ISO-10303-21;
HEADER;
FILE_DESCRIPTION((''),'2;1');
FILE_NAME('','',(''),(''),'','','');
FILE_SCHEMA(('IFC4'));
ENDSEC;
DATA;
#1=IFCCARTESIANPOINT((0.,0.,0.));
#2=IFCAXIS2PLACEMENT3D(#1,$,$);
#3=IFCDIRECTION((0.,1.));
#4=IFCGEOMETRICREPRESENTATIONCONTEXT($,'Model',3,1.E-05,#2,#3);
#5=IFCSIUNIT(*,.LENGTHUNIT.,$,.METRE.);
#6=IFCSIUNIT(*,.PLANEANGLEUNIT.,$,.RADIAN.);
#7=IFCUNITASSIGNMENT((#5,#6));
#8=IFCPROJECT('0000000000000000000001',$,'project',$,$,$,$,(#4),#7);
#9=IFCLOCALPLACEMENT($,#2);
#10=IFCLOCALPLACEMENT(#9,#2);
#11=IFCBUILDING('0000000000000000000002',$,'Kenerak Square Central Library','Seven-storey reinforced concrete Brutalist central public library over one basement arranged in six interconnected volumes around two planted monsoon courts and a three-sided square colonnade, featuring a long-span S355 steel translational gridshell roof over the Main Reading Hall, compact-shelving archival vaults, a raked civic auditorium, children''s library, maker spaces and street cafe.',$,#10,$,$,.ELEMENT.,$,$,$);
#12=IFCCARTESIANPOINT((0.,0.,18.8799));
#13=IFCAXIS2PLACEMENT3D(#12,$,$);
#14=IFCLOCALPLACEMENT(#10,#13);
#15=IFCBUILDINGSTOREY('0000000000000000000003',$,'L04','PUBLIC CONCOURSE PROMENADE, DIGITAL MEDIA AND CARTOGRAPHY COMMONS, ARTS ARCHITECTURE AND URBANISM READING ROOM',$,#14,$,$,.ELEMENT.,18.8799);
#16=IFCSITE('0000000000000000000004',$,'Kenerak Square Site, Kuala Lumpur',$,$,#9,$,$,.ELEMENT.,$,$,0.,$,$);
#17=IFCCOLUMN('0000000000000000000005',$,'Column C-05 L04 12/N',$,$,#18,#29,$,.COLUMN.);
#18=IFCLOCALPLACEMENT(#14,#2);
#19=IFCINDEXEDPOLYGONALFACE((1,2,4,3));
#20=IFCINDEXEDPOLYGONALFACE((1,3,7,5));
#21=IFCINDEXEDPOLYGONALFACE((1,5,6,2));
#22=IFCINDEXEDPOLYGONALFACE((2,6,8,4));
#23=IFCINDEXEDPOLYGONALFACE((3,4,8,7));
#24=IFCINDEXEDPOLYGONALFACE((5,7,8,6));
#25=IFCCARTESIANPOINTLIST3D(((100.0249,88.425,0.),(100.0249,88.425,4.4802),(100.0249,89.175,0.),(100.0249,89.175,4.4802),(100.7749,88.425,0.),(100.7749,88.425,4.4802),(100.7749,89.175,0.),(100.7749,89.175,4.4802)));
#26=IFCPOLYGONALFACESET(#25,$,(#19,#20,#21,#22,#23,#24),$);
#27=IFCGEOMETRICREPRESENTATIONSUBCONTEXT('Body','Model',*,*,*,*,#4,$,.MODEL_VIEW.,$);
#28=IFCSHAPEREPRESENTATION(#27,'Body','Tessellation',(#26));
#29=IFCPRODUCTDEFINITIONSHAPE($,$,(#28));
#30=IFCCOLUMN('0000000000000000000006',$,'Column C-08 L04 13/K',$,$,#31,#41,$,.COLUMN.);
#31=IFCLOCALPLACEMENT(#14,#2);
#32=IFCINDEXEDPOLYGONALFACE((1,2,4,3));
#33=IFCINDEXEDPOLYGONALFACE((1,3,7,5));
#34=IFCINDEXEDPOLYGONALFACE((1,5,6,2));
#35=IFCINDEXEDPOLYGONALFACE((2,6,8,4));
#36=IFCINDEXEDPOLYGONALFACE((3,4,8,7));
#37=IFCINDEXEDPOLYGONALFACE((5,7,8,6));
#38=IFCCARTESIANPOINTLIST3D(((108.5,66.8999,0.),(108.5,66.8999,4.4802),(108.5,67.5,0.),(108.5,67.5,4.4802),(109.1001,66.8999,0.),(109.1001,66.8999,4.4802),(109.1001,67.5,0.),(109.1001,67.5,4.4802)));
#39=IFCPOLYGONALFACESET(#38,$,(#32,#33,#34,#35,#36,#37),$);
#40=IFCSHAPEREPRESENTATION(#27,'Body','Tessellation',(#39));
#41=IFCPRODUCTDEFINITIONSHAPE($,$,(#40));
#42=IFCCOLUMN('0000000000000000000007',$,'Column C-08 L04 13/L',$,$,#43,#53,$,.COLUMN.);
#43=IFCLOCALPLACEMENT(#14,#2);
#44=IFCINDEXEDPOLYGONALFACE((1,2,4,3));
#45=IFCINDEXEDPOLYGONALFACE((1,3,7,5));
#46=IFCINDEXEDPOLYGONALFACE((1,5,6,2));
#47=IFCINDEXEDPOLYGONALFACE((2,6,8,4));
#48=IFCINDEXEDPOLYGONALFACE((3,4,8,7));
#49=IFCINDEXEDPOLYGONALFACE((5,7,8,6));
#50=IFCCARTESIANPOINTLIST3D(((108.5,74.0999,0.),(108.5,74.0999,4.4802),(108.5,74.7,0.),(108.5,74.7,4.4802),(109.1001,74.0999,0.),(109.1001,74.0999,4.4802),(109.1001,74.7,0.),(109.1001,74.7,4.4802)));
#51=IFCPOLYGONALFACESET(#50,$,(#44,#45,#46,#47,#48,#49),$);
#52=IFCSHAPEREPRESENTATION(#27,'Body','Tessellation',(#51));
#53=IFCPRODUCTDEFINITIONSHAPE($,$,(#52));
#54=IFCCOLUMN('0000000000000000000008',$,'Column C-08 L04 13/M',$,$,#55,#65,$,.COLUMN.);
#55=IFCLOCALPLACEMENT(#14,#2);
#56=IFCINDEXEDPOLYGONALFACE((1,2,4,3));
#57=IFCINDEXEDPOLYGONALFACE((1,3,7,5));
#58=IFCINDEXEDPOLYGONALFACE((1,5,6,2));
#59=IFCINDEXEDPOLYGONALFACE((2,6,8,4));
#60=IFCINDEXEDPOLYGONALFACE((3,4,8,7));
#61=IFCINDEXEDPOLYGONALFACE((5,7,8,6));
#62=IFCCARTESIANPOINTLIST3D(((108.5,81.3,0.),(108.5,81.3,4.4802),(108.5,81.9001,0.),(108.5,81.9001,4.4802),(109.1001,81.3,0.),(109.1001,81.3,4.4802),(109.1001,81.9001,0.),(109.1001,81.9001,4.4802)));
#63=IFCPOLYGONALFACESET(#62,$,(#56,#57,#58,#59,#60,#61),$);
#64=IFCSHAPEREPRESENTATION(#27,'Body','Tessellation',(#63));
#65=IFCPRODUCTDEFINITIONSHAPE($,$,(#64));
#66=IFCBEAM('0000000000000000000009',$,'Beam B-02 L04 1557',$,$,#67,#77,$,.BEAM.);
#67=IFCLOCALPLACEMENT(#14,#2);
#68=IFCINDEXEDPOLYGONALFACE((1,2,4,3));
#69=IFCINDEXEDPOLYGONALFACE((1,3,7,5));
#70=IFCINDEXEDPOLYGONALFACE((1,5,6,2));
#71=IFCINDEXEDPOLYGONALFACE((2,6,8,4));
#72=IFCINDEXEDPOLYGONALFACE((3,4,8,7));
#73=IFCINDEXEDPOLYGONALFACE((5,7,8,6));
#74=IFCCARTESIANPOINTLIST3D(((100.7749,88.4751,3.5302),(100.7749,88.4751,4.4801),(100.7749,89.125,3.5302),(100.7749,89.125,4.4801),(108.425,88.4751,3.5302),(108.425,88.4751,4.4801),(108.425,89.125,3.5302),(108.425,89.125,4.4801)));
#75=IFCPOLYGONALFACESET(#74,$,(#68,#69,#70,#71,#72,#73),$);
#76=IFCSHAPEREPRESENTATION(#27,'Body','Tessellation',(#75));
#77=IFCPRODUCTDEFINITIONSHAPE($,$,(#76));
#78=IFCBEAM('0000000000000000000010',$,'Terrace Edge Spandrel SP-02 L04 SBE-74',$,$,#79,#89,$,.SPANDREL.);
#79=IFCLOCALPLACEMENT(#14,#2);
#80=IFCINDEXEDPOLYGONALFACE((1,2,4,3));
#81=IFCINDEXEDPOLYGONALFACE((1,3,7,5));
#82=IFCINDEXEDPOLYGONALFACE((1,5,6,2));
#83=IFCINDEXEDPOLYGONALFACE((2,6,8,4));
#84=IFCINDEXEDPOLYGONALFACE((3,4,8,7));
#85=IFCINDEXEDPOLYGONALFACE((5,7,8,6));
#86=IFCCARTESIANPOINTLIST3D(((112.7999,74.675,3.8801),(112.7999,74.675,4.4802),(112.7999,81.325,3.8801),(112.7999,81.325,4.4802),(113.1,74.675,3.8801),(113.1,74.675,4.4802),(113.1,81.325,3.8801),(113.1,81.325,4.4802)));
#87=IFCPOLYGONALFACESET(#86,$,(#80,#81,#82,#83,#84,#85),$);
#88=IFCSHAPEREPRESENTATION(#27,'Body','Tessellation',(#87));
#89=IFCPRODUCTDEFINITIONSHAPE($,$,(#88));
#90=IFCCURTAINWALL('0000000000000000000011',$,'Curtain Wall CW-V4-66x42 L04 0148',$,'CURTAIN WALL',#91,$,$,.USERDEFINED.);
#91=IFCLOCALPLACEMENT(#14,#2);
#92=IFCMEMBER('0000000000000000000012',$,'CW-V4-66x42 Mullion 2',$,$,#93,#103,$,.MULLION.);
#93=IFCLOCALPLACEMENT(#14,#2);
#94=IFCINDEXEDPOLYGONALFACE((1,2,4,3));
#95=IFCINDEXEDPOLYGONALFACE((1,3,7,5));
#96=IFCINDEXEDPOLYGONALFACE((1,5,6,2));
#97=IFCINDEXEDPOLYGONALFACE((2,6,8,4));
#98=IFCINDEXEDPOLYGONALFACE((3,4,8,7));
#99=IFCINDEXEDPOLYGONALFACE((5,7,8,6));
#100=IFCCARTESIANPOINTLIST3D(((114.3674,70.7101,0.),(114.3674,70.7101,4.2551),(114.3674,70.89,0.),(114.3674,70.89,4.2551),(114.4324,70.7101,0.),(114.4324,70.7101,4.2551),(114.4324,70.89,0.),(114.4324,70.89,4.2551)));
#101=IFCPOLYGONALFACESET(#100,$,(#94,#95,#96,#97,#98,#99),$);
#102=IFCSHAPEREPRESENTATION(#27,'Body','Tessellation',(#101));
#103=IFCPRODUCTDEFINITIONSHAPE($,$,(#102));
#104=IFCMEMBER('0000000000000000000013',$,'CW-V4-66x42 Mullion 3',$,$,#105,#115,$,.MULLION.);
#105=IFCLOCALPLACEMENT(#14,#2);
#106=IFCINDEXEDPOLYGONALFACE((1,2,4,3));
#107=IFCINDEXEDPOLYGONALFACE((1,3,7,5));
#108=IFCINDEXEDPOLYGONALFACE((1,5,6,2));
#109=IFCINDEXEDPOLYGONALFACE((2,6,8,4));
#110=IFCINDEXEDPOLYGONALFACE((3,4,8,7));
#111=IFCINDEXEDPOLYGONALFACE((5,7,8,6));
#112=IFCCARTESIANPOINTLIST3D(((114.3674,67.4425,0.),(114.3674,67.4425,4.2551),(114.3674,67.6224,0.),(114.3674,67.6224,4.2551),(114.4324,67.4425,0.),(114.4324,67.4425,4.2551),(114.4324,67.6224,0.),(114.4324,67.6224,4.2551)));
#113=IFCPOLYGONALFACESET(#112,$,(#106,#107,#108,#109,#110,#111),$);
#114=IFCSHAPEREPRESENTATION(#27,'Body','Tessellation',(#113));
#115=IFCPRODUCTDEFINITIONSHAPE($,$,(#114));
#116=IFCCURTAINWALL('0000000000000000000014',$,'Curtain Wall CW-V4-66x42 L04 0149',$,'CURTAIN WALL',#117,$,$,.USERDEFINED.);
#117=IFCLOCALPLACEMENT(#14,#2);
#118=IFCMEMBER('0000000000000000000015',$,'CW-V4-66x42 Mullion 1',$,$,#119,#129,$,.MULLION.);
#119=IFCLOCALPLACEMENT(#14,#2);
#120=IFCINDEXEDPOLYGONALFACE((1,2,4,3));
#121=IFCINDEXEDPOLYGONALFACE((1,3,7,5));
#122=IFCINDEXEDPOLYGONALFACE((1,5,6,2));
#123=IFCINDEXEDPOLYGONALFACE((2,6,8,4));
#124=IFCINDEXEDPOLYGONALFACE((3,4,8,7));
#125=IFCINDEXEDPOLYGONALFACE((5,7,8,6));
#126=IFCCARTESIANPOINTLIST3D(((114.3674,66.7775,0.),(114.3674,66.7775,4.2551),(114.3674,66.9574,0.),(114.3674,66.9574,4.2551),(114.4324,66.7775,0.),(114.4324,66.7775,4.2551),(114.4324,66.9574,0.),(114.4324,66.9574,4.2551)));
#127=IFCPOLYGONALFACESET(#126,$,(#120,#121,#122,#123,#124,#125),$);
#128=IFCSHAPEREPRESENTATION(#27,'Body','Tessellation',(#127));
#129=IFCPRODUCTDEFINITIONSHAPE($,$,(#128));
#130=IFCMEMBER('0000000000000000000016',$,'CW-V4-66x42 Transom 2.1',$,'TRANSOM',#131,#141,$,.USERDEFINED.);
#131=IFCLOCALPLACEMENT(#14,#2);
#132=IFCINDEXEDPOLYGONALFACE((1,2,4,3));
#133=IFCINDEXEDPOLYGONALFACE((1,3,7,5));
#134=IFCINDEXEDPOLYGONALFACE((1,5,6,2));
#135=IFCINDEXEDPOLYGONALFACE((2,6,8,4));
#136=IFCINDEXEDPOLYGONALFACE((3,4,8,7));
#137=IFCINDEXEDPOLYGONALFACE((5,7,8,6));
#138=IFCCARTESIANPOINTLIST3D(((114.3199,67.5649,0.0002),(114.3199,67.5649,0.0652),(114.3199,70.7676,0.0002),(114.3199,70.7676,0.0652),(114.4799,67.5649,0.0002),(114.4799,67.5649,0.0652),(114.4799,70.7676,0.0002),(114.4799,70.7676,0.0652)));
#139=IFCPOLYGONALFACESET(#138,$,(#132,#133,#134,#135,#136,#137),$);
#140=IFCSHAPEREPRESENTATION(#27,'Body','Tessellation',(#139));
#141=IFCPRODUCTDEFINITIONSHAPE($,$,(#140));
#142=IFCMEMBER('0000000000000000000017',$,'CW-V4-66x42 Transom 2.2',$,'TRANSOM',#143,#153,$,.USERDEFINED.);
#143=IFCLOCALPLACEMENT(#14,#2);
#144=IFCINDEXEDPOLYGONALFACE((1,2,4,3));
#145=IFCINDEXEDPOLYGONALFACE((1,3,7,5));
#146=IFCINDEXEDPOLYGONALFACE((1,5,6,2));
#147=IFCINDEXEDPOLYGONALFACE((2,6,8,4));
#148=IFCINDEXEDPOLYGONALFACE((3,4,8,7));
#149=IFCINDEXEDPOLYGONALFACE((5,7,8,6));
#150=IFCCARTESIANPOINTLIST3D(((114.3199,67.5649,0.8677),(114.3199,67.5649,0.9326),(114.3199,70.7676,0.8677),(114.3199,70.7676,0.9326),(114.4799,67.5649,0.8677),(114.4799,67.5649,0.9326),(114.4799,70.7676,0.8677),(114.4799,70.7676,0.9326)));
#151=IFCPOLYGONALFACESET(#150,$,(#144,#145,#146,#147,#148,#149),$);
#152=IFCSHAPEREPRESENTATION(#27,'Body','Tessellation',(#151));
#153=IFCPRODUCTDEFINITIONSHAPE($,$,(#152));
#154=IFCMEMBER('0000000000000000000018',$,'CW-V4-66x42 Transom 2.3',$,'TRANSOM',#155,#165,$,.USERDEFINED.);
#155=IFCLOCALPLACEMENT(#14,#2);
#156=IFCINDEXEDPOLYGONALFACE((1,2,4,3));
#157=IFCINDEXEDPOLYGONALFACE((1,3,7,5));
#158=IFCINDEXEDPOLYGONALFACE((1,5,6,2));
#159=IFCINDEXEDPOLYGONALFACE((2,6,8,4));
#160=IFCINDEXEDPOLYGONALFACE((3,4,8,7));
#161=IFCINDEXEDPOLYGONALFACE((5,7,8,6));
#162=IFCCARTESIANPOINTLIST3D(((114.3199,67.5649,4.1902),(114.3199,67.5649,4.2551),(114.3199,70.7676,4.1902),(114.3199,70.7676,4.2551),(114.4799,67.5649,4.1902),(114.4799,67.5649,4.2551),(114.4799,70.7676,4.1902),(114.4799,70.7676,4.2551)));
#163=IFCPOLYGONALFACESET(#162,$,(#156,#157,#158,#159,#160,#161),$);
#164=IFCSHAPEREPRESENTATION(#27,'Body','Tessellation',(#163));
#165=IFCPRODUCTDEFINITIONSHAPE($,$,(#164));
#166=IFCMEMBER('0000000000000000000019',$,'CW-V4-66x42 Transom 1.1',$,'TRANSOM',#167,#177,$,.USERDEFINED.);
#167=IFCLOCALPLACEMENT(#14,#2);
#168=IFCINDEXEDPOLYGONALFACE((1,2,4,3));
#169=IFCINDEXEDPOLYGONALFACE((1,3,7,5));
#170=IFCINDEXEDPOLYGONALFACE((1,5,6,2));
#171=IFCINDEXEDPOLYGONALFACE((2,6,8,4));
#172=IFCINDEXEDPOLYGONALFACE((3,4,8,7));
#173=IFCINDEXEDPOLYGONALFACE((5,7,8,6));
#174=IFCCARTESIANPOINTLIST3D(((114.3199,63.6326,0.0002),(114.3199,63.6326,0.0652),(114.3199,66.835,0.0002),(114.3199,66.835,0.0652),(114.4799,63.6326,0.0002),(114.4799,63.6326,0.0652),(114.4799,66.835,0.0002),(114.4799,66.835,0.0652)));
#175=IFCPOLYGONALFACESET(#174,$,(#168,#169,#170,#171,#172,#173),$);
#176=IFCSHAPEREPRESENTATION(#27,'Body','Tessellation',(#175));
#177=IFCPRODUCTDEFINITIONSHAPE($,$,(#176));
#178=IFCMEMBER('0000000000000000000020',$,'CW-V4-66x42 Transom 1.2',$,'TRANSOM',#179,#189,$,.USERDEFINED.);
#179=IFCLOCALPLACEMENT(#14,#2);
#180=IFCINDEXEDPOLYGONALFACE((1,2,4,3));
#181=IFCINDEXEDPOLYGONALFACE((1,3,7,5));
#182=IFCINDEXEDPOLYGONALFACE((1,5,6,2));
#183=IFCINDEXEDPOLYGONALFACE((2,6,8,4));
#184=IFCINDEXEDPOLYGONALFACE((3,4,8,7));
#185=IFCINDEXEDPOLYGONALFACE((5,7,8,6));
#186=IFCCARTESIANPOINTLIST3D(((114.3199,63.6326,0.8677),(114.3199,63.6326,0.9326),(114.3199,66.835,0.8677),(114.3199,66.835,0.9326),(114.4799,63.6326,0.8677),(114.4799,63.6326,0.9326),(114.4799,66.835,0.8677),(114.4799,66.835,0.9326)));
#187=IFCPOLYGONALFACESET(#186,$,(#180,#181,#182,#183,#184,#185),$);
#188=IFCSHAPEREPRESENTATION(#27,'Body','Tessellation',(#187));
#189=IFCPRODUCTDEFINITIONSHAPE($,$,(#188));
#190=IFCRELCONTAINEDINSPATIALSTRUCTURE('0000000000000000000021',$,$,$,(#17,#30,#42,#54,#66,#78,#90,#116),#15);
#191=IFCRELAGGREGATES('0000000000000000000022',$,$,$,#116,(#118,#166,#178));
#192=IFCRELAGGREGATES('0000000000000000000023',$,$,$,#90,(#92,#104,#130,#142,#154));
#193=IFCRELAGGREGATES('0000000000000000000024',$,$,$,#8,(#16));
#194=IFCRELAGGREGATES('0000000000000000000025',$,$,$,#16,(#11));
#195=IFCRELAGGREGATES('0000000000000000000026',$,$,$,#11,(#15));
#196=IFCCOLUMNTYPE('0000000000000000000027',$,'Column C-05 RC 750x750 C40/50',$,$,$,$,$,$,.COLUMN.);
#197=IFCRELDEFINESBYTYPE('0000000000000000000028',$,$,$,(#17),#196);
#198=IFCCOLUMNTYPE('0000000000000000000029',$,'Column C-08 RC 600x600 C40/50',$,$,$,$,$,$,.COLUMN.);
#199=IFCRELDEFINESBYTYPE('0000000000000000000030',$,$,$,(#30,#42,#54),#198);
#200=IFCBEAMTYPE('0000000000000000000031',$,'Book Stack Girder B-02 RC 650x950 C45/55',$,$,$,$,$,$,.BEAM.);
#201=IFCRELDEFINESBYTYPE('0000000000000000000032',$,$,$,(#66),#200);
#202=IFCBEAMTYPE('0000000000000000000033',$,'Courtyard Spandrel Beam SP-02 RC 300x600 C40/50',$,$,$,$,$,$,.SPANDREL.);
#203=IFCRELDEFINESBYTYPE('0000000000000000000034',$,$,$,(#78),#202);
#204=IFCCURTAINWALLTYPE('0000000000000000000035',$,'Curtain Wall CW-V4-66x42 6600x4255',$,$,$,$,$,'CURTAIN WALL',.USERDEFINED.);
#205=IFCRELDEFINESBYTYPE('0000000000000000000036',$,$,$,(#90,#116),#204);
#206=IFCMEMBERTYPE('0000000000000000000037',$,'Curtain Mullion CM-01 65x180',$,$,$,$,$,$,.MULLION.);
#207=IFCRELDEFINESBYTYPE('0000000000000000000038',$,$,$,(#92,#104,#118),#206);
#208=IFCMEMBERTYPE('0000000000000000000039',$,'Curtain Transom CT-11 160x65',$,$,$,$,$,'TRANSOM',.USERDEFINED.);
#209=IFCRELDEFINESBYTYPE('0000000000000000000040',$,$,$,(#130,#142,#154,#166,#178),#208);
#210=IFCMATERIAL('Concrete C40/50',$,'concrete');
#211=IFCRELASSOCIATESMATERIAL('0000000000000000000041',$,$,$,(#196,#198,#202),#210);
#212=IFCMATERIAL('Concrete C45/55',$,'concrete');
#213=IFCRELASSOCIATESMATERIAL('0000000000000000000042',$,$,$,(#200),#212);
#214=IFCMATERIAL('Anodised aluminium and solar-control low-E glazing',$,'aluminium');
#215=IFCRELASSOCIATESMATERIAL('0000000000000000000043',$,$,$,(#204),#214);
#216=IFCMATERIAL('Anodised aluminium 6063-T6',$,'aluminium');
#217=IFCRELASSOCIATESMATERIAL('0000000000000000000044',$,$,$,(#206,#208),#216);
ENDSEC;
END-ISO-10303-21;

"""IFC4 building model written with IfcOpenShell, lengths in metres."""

from ifc_helpers import new_model, si_unit, direction, frame, origin, origin_2d, place, context, subcontext, project, spatial, rectangle, extrude, material, material_profile, profile_set, type_object, element, aggregate, save


model = new_model("IFC4")

# Units and contexts
model_context = context("Model", 3, precision=1e-05, world=origin(), true_north=direction((0.0, 1.0)))
body_context = subcontext(model_context, "Body", "Model", "MODEL_VIEW")
ifc_project = project(units=[si_unit("LENGTHUNIT", "METRE"), si_unit("PLANEANGLEUNIT", "RADIAN")], contexts=[model_context])

# Site, building, storey
site_placement = place(None, origin())
site = spatial("IfcSite", under=ifc_project, at=site_placement, Name="Kenerak Square Site, Kuala Lumpur", CompositionType="ELEMENT", RefElevation=0.0)
building_placement = place(site_placement, origin())
building = spatial("IfcBuilding", under=site, at=building_placement, Name="Kenerak Square Central Library", Description="Seven-storey reinforced concrete Brutalist central public library over one basement arranged in six interconnected volumes around two planted monsoon courts and a three-sided square colonnade, featuring a long-span S355 steel translational gridshell roof over the Main Reading Hall, compact-shelving archival vaults, a raked civic auditorium, children's library, maker spaces and street cafe.", CompositionType="ELEMENT")
storey_placement = place(building_placement, frame((0.0, 0.0, 18.8799)))
storey = spatial("IfcBuildingStorey", under=building, at=storey_placement, Name="L04", Description="PUBLIC CONCOURSE PROMENADE, DIGITAL MEDIA AND CARTOGRAPHY COMMONS, ARTS ARCHITECTURE AND URBANISM READING ROOM", CompositionType="ELEMENT", Elevation=18.8799)

# Columns
ifc_material_1 = material(Name="Concrete C40/50", Category="concrete")
ifc_material_profile_1 = material_profile(ifc_material_1, rectangle(XDim=0.75, YDim=0.75, at=origin_2d()), Name="RC 750x750")
ifc_profile_set_1 = profile_set([ifc_material_profile_1], Name="Concrete C40/50")
column_type_1 = type_object("IfcColumnType", Name="Column C-05 RC 750x750 C40/50", PredefinedType="COLUMN", material=ifc_profile_set_1)
column_placement = place(storey_placement, frame((100.3999, 88.8, 0.0), z_axis=(0.0, 0.0, 1.0), x_axis=(1.0, 0.0, 0.0)))
element("IfcColumn", 1, at=column_placement, inside=storey, type_object=column_type_1, Name="Column C-05 L04 12/N", PredefinedType="COLUMN", context=body_context, shape_type="SweptSolid", body=[
    extrude(rectangle(XDim=0.75, YDim=0.75, at=origin_2d()), origin(), (0.0, 0.0, 1.0), 4.4802),
])
ifc_material_profile_2 = material_profile(ifc_material_1, rectangle(XDim=0.6001, YDim=0.6001, at=origin_2d()), Name="RC 600x600")
ifc_profile_set_2 = profile_set([ifc_material_profile_2], Name="Concrete C40/50")
column_type_2 = type_object("IfcColumnType", Name="Column C-08 RC 600x600 C40/50", PredefinedType="COLUMN", material=ifc_profile_set_2)
for number, where, z_axis, x_axis, name in (
    (2, (108.8, 67.2, 0.0), (0.0, 0.0, 1.0), (1.0, 0.0, 0.0), "Column C-08 L04 13/K"),
    (3, (108.8, 74.3999, 0.0), (0.0, 0.0, 1.0), (1.0, 0.0, 0.0), "Column C-08 L04 13/L"),
    (4, (108.8, 81.6001, 0.0), (0.0, 0.0, 1.0), (1.0, 0.0, 0.0), "Column C-08 L04 13/M"),
):
    element("IfcColumn", number, at=place(storey_placement, frame(where, z_axis=z_axis, x_axis=x_axis)), inside=storey, type_object=column_type_2, Name=name, PredefinedType="COLUMN", context=body_context, shape_type="SweptSolid", body=[
        extrude(rectangle(XDim=0.6001, YDim=0.6001, at=origin_2d()), origin(), (0.0, 0.0, 1.0), 4.4802),
    ])

# Beams
ifc_material_2 = material(Name="Concrete C45/55", Category="concrete")
ifc_material_profile_3 = material_profile(ifc_material_2, rectangle(XDim=0.6499, YDim=0.95, at=origin_2d()), Name="RC 650x950")
ifc_profile_set_3 = profile_set([ifc_material_profile_3], Name="Concrete C45/55")
beam_type_1 = type_object("IfcBeamType", Name="Book Stack Girder B-02 RC 650x950 C45/55", PredefinedType="BEAM", material=ifc_profile_set_3)
beam_1_placement = place(storey_placement, frame((100.7749, 88.8, 4.0051), z_axis=(1.0, 0.0, 0.0), x_axis=(0.0, 1.0, 0.0)))
element("IfcBeam", 5, at=beam_1_placement, inside=storey, type_object=beam_type_1, Name="Beam B-02 L04 1557", PredefinedType="BEAM", context=body_context, shape_type="SweptSolid", body=[
    extrude(rectangle(XDim=0.6499, YDim=0.95, at=origin_2d()), origin(), (0.0, 0.0, 1.0), 7.6501),
])
ifc_material_profile_4 = material_profile(ifc_material_1, rectangle(XDim=0.3, YDim=0.6001, at=origin_2d()), Name="RC 300x600")
ifc_profile_set_4 = profile_set([ifc_material_profile_4], Name="Concrete C40/50")
beam_type_2 = type_object("IfcBeamType", Name="Courtyard Spandrel Beam SP-02 RC 300x600 C40/50", PredefinedType="SPANDREL", material=ifc_profile_set_4)
beam_2_placement = place(storey_placement, frame((112.95, 74.675, 4.1802), z_axis=(0.0, 1.0, 0.0), x_axis=(-1.0, 0.0, 0.0)))
element("IfcBeam", 6, at=beam_2_placement, inside=storey, type_object=beam_type_2, Name="Terrace Edge Spandrel SP-02 L04 SBE-74", PredefinedType="SPANDREL", context=body_context, shape_type="SweptSolid", body=[
    extrude(rectangle(XDim=0.3, YDim=0.6001, at=origin_2d()), origin(), (0.0, 0.0, 1.0), 6.6499),
])

# Curtain wall, members
ifc_material_3 = material(Name="Anodised aluminium and solar-control low-E glazing", Category="aluminium")
curtain_wall_type = type_object("IfcCurtainWallType", Name="Curtain Wall CW-V4-66x42 6600x4255", ElementType="CURTAIN WALL", PredefinedType="USERDEFINED", material=ifc_material_3)
curtain_wall_1_placement = place(storey_placement, origin())
curtain_wall_1 = element("IfcCurtainWall", 7, at=curtain_wall_1_placement, inside=storey, type_object=curtain_wall_type, Name="Curtain Wall CW-V4-66x42 L04 0148", ObjectType="CURTAIN WALL", PredefinedType="USERDEFINED")
ifc_material_4 = material(Name="Anodised aluminium 6063-T6", Category="aluminium")
ifc_material_profile_5 = material_profile(ifc_material_4, rectangle(XDim=0.0649, YDim=0.1799, at=origin_2d()), Name="AL MULLION 65x180")
ifc_profile_set_5 = profile_set([ifc_material_profile_5], Name="Anodised aluminium 6063-T6")
member_type_1 = type_object("IfcMemberType", Name="Curtain Mullion CM-01 65x180", PredefinedType="MULLION", material=ifc_profile_set_5)
member_1_placement = place(storey_placement, frame((114.3999, 70.8, 0.0), z_axis=(0.0, 0.0, 1.0), x_axis=(1.0, 0.0, 0.0)))
member_1 = element("IfcMember", 8, at=member_1_placement, type_object=member_type_1, Name="CW-V4-66x42 Mullion 2", PredefinedType="MULLION", context=body_context, shape_type="SweptSolid", body=[
    extrude(rectangle(XDim=0.0649, YDim=0.1799, at=origin_2d()), origin(), (0.0, 0.0, 1.0), 4.2551),
])
member_2_placement = place(storey_placement, frame((114.3999, 67.5325, 0.0), z_axis=(0.0, 0.0, 1.0), x_axis=(1.0, 0.0, 0.0)))
member_2 = element("IfcMember", 9, at=member_2_placement, type_object=member_type_1, Name="CW-V4-66x42 Mullion 3", PredefinedType="MULLION", context=body_context, shape_type="SweptSolid", body=[
    extrude(rectangle(XDim=0.0649, YDim=0.1799, at=origin_2d()), origin(), (0.0, 0.0, 1.0), 4.2551),
])

# Curtain wall, member
curtain_wall_2_placement = place(storey_placement, origin())
curtain_wall_2 = element("IfcCurtainWall", 10, at=curtain_wall_2_placement, inside=storey, type_object=curtain_wall_type, Name="Curtain Wall CW-V4-66x42 L04 0149", ObjectType="CURTAIN WALL", PredefinedType="USERDEFINED")
member_3_placement = place(storey_placement, frame((114.3999, 66.8674, 0.0), z_axis=(0.0, 0.0, 1.0), x_axis=(1.0, 0.0, 0.0)))
member_3 = element("IfcMember", 11, at=member_3_placement, type_object=member_type_1, Name="CW-V4-66x42 Mullion 1", PredefinedType="MULLION", context=body_context, shape_type="SweptSolid", body=[
    extrude(rectangle(XDim=0.0649, YDim=0.1799, at=origin_2d()), origin(), (0.0, 0.0, 1.0), 4.2551),
])

# Members
ifc_material_profile_6 = material_profile(ifc_material_4, rectangle(XDim=0.1599, YDim=0.0649, at=origin_2d()), Name="AL TRANSOM 160x65")
ifc_profile_set_6 = profile_set([ifc_material_profile_6], Name="Anodised aluminium 6063-T6")
member_type_2 = type_object("IfcMemberType", Name="Curtain Transom CT-11 160x65", ElementType="TRANSOM", PredefinedType="USERDEFINED", material=ifc_profile_set_6)
member_4_placement = place(storey_placement, frame((114.3999, 70.7676, 0.0327), z_axis=(0.0, -1.0, 0.0), x_axis=(1.0, 0.0, 0.0)))
member_4 = element("IfcMember", 12, at=member_4_placement, type_object=member_type_2, Name="CW-V4-66x42 Transom 2.1", ObjectType="TRANSOM", PredefinedType="USERDEFINED", context=body_context, shape_type="SweptSolid", body=[
    extrude(rectangle(XDim=0.1599, YDim=0.0649, at=origin_2d()), origin(), (0.0, 0.0, 1.0), 3.2026),
])
member_5_placement = place(storey_placement, frame((114.3999, 70.7676, 0.9001), z_axis=(0.0, -1.0, 0.0), x_axis=(1.0, 0.0, 0.0)))
member_5 = element("IfcMember", 13, at=member_5_placement, type_object=member_type_2, Name="CW-V4-66x42 Transom 2.2", ObjectType="TRANSOM", PredefinedType="USERDEFINED", context=body_context, shape_type="SweptSolid", body=[
    extrude(rectangle(XDim=0.1599, YDim=0.0649, at=origin_2d()), origin(), (0.0, 0.0, 1.0), 3.2026),
])
member_6_placement = place(storey_placement, frame((114.3999, 70.7676, 4.2227), z_axis=(0.0, -1.0, 0.0), x_axis=(1.0, 0.0, 0.0)))
member_6 = element("IfcMember", 14, at=member_6_placement, type_object=member_type_2, Name="CW-V4-66x42 Transom 2.3", ObjectType="TRANSOM", PredefinedType="USERDEFINED", context=body_context, shape_type="SweptSolid", body=[
    extrude(rectangle(XDim=0.1599, YDim=0.0649, at=origin_2d()), origin(), (0.0, 0.0, 1.0), 3.2026),
])
member_7_placement = place(storey_placement, frame((114.3999, 66.835, 0.0327), z_axis=(0.0, -1.0, 0.0), x_axis=(1.0, 0.0, 0.0)))
member_7 = element("IfcMember", 15, at=member_7_placement, type_object=member_type_2, Name="CW-V4-66x42 Transom 1.1", ObjectType="TRANSOM", PredefinedType="USERDEFINED", context=body_context, shape_type="SweptSolid", body=[
    extrude(rectangle(XDim=0.1599, YDim=0.0649, at=origin_2d()), origin(), (0.0, 0.0, 1.0), 3.2024),
])
member_8_placement = place(storey_placement, frame((114.3999, 66.835, 0.9001), z_axis=(0.0, -1.0, 0.0), x_axis=(1.0, 0.0, 0.0)))
member_8 = element("IfcMember", 16, at=member_8_placement, type_object=member_type_2, Name="CW-V4-66x42 Transom 1.2", ObjectType="TRANSOM", PredefinedType="USERDEFINED", context=body_context, shape_type="SweptSolid", body=[
    extrude(rectangle(XDim=0.1599, YDim=0.0649, at=origin_2d()), origin(), (0.0, 0.0, 1.0), 3.2024),
])
aggregate(curtain_wall_2, [member_3, member_7, member_8])

aggregate(curtain_wall_1, [member_1, member_2, member_4, member_5, member_6])

save(model, "model.ifc")
